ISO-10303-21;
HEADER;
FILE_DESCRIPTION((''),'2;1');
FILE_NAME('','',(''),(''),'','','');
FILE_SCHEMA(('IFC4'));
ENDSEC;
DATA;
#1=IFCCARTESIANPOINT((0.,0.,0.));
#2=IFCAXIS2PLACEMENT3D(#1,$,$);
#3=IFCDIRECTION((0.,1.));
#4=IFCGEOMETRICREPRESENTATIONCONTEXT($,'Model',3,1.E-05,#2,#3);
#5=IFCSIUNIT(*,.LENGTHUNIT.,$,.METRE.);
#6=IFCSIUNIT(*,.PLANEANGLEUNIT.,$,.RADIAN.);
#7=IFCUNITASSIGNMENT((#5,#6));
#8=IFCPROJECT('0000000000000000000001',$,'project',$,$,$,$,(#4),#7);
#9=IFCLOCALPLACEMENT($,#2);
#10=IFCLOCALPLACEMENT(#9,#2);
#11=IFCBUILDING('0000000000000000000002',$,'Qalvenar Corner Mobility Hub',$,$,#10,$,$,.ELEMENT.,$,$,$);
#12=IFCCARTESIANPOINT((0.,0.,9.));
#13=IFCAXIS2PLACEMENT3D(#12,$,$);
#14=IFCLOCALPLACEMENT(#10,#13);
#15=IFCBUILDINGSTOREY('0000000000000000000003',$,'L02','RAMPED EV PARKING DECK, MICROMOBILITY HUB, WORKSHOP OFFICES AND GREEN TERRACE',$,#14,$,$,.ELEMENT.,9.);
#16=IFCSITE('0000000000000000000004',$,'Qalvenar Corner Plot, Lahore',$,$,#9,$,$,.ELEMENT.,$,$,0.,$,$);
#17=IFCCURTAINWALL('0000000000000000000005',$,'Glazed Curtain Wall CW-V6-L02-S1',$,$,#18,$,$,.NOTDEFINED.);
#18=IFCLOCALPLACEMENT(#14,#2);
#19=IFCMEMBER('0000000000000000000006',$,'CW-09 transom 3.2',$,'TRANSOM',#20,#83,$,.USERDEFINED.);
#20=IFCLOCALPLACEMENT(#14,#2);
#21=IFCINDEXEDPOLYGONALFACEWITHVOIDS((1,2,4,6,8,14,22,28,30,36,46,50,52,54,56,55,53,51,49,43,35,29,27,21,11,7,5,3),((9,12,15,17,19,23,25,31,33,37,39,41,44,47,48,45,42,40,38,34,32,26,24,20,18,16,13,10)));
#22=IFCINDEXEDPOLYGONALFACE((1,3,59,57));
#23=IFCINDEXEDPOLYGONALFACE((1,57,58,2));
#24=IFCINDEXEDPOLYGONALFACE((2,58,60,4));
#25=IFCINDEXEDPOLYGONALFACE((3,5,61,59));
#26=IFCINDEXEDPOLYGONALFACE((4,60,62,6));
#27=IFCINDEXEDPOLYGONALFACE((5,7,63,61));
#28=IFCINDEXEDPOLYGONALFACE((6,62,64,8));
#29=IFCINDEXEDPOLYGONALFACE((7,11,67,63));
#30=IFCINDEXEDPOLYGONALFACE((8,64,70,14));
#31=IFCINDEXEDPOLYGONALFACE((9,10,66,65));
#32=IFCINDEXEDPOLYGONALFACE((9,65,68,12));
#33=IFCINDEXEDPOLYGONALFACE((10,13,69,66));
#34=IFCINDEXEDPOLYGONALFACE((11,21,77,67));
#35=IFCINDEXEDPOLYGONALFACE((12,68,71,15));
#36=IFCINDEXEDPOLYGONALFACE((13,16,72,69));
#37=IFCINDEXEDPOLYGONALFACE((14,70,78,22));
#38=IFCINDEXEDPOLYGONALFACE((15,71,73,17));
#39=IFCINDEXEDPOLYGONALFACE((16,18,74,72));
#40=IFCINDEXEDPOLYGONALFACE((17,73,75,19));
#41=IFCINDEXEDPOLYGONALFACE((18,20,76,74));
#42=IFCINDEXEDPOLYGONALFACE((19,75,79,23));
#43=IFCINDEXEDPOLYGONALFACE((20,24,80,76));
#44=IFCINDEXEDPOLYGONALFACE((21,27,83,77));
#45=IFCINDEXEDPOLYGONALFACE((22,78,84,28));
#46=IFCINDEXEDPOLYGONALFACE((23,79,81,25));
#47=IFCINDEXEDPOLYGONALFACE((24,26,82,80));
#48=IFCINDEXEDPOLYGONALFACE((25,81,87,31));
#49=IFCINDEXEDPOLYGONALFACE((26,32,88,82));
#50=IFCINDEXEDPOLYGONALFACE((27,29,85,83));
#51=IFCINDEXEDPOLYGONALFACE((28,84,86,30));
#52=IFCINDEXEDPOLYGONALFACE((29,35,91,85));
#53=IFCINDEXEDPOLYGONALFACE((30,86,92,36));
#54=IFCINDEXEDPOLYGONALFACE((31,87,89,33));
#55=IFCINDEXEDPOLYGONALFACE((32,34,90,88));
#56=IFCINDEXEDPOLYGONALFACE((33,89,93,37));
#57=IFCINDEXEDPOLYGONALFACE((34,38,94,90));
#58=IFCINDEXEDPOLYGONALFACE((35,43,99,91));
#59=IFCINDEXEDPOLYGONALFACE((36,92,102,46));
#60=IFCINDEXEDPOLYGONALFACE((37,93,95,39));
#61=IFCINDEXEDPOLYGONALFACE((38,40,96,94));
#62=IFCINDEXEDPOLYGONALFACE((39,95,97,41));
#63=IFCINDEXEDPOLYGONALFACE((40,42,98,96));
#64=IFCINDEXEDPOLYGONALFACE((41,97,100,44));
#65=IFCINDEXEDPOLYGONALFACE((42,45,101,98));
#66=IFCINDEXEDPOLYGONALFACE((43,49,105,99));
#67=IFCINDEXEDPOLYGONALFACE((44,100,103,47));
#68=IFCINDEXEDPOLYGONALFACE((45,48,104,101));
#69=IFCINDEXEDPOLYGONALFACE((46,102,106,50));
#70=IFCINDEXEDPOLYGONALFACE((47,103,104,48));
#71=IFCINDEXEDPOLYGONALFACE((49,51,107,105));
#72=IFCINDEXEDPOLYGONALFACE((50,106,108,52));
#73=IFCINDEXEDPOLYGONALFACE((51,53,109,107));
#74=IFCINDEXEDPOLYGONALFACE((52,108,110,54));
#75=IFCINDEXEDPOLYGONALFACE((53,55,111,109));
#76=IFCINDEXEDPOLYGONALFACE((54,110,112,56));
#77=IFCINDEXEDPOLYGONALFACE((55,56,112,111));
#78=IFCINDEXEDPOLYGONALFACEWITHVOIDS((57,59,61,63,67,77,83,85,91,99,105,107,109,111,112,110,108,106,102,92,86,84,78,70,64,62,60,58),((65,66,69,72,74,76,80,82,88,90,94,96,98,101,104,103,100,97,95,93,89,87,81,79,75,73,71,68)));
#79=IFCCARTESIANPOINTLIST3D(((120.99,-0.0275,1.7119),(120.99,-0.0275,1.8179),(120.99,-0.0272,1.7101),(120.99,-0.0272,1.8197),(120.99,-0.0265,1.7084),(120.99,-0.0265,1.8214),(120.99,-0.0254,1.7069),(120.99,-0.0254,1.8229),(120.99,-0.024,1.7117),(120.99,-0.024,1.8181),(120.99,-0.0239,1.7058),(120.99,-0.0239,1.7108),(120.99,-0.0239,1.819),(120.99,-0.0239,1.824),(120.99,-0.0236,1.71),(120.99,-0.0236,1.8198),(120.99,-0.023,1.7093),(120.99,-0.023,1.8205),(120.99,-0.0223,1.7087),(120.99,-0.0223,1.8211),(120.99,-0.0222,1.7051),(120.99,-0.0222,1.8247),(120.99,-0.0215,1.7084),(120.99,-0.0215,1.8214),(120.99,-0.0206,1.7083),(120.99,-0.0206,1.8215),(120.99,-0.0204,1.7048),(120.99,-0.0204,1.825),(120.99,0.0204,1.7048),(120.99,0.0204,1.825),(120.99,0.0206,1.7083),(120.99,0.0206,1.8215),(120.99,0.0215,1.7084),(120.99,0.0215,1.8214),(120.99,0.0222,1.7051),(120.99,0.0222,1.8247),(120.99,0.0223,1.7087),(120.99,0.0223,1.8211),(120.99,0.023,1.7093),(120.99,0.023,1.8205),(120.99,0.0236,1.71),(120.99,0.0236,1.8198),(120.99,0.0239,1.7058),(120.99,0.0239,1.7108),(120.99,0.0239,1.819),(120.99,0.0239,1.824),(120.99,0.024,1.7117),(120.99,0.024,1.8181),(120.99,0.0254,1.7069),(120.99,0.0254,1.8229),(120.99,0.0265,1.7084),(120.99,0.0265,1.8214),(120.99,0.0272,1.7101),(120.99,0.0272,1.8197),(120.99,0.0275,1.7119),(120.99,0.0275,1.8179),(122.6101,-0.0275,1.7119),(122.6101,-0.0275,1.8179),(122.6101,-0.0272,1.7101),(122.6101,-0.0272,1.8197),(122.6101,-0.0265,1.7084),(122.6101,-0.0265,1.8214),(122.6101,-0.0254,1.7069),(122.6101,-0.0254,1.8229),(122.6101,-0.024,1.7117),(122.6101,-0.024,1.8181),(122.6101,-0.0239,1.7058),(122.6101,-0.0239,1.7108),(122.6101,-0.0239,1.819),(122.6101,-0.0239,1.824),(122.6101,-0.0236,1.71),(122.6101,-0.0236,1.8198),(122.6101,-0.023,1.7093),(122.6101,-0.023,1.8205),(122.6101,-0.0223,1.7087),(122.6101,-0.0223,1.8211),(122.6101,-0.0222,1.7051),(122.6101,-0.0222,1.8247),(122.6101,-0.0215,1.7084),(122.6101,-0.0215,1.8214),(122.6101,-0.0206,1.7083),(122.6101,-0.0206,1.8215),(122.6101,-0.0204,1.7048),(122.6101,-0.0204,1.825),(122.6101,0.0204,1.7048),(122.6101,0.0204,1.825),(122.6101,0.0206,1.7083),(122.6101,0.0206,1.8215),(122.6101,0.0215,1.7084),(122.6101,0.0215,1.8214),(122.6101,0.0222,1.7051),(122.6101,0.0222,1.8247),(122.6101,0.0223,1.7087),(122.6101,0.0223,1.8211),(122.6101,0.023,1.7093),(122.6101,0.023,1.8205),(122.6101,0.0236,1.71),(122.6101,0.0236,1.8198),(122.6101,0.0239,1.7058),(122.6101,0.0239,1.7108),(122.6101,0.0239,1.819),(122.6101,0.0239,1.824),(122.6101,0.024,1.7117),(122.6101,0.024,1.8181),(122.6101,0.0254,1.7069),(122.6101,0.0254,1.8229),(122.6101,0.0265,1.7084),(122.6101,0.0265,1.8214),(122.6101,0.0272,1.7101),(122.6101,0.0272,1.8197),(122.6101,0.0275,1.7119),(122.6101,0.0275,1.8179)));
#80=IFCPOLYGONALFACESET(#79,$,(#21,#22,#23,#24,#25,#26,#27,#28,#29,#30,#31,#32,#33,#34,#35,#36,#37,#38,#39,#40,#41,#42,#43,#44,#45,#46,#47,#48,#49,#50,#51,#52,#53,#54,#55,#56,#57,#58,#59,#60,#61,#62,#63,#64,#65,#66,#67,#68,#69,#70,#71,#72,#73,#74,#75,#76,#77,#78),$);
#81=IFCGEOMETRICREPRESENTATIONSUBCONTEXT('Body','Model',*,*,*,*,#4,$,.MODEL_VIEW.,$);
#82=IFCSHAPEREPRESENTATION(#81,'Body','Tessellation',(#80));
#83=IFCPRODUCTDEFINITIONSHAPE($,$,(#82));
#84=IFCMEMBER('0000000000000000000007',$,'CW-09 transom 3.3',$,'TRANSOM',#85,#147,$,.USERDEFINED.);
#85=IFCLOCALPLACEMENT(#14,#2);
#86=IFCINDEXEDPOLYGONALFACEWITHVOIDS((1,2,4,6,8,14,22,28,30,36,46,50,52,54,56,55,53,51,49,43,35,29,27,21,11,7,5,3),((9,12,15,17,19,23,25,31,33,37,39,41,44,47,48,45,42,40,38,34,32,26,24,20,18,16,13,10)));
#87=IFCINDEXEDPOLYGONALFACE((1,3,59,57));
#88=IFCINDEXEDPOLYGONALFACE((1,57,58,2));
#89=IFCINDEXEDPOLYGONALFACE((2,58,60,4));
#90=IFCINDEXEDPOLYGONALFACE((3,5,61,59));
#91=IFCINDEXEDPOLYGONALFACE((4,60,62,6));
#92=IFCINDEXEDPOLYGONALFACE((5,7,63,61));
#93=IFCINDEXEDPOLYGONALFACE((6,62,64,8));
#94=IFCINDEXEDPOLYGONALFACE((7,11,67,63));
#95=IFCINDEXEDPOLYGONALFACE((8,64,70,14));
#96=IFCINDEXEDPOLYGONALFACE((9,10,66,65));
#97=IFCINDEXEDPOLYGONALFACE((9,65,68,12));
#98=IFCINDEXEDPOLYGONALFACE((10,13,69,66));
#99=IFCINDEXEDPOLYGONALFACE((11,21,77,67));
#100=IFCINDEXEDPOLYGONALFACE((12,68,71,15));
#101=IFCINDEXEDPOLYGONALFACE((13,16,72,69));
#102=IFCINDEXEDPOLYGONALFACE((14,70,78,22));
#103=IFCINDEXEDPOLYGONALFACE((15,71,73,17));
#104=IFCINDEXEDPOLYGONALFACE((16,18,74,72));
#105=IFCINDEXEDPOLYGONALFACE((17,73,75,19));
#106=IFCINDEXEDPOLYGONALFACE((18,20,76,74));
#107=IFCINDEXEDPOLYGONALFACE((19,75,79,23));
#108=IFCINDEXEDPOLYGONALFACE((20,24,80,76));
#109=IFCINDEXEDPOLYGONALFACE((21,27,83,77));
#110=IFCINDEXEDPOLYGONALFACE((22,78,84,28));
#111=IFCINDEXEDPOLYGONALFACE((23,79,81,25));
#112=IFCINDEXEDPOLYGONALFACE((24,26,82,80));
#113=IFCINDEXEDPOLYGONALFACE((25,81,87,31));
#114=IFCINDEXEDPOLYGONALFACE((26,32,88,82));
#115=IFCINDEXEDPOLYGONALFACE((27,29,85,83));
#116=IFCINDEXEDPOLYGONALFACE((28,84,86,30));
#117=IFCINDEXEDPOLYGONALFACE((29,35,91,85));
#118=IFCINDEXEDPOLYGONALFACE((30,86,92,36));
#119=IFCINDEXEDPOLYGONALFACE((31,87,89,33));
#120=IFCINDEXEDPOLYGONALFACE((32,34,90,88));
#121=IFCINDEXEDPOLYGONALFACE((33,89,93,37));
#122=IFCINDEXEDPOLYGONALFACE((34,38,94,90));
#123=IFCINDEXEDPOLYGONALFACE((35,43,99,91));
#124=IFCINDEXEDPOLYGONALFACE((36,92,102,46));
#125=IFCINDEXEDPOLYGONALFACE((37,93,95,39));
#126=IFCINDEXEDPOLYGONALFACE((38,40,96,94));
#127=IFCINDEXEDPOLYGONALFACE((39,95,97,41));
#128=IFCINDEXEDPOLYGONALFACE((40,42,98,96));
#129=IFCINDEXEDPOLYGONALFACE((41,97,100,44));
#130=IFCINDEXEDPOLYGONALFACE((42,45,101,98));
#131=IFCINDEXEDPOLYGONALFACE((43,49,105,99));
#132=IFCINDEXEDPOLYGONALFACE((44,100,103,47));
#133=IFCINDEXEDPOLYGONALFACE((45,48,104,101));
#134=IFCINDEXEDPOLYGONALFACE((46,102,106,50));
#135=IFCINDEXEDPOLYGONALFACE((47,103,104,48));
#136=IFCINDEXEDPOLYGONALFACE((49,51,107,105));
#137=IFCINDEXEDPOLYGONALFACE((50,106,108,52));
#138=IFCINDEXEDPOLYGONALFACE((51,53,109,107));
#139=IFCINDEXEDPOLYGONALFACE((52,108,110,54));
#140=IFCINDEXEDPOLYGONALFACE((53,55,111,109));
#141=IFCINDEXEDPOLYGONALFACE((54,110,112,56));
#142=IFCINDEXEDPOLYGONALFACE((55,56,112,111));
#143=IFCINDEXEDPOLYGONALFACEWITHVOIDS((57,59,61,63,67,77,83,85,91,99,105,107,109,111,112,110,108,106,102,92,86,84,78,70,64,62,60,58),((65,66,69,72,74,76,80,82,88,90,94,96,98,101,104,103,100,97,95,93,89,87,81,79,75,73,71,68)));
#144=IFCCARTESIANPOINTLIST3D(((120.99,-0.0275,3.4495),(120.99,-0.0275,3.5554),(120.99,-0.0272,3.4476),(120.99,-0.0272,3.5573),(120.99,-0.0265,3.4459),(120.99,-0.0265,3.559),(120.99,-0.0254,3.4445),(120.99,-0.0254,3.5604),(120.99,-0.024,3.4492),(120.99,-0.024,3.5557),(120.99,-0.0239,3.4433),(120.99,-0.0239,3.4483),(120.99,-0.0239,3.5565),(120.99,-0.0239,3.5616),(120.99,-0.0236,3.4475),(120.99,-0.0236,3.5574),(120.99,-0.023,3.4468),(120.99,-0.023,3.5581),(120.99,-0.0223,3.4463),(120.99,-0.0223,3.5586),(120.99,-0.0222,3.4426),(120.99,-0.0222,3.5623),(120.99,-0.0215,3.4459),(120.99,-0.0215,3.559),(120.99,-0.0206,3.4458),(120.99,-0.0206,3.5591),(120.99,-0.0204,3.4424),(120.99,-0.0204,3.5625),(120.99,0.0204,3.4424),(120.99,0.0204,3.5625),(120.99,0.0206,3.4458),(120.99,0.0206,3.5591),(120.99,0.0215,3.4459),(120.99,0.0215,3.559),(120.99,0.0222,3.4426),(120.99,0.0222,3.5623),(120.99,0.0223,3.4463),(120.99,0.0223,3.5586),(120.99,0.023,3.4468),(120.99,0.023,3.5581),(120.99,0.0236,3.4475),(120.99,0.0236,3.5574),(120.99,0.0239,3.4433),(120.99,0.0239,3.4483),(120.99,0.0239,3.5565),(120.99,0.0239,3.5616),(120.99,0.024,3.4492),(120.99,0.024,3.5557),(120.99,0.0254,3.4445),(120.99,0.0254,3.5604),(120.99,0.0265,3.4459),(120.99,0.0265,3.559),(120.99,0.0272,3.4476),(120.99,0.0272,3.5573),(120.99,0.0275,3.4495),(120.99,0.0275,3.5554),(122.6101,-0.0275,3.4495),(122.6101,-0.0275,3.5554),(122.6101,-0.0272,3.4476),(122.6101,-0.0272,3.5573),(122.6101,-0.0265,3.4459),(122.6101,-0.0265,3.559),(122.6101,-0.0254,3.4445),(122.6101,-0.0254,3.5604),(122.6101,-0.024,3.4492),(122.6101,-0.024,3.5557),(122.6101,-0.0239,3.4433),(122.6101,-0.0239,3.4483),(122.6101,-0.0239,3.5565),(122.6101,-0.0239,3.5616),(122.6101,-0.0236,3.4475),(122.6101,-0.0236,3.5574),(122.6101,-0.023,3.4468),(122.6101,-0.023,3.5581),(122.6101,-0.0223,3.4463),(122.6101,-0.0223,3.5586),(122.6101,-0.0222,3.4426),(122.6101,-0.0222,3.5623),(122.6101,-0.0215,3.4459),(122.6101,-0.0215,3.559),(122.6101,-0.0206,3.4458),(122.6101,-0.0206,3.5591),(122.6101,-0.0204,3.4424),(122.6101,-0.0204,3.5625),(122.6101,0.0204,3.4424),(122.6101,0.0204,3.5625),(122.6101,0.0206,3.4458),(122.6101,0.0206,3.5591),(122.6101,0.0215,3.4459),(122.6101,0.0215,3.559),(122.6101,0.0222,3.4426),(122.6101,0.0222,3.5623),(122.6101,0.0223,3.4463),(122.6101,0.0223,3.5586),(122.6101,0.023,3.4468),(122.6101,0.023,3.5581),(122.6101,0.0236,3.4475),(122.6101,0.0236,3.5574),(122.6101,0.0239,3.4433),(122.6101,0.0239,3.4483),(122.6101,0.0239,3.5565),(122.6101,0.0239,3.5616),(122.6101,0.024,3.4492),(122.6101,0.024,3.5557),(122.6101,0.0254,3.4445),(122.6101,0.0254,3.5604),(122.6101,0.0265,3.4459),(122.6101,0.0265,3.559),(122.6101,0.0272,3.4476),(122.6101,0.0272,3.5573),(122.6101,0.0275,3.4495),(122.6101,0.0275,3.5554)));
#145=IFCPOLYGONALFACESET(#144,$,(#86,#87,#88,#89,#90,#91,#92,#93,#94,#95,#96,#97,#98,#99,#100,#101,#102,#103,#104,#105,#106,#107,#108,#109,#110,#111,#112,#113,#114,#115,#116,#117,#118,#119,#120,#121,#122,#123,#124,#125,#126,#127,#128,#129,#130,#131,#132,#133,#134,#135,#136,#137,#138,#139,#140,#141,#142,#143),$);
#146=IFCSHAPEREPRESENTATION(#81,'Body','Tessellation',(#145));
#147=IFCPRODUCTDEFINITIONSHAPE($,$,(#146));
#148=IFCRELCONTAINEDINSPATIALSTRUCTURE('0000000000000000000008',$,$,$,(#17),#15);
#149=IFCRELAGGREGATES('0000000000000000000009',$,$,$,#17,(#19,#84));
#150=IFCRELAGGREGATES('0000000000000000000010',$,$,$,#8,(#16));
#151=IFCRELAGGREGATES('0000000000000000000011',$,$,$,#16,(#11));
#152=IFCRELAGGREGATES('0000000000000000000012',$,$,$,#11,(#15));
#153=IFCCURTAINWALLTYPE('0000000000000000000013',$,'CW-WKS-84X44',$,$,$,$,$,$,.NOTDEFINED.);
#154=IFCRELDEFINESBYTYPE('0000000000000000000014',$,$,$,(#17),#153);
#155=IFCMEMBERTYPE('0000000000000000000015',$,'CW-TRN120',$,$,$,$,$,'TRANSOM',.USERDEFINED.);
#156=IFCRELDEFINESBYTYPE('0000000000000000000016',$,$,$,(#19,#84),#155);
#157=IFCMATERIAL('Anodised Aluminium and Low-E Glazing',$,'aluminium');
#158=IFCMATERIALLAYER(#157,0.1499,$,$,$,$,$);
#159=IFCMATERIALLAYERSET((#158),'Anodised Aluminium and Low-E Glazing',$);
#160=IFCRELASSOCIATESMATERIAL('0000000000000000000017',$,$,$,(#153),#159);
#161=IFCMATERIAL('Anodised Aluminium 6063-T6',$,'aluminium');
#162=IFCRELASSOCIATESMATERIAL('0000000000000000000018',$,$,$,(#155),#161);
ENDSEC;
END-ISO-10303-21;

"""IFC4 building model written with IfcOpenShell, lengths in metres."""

from ifc_helpers import new_model, si_unit, direction, frame, origin, origin_2d, place, context, subcontext, project, spatial, hollow_rectangle, extrude, material, layer, layer_set, material_profile, profile_set, type_object, element, aggregate, save


model = new_model("IFC4")

# Units and contexts
model_context = context("Model", 3, precision=1e-05, world=origin(), true_north=direction((0.0, 1.0)))
body_context = subcontext(model_context, "Body", "Model", "MODEL_VIEW")
ifc_project = project(units=[si_unit("LENGTHUNIT", "METRE"), si_unit("PLANEANGLEUNIT", "RADIAN")], contexts=[model_context])

# Site, building, storey
site_placement = place(None, origin())
site = spatial("IfcSite", under=ifc_project, at=site_placement, Name="Qalvenar Corner Plot, Lahore", CompositionType="ELEMENT", RefElevation=0.0)
building_placement = place(site_placement, origin())
building = spatial("IfcBuilding", under=site, at=building_placement, Name="Qalvenar Corner Mobility Hub", CompositionType="ELEMENT")
storey_placement = place(building_placement, frame((0.0, 0.0, 9.0)))
storey = spatial("IfcBuildingStorey", under=building, at=storey_placement, Name="L02", Description="RAMPED EV PARKING DECK, MICROMOBILITY HUB, WORKSHOP OFFICES AND GREEN TERRACE", CompositionType="ELEMENT", Elevation=9.0)

# Curtain wall, members
ifc_material_1 = material(Name="Anodised Aluminium and Low-E Glazing", Category="aluminium")
ifc_layer_1 = layer(ifc_material_1, 0.1499)
ifc_layer_set_1 = layer_set([ifc_layer_1], Name="Anodised Aluminium and Low-E Glazing")
curtain_wall_type = type_object("IfcCurtainWallType", Name="CW-WKS-84X44", PredefinedType="NOTDEFINED", material=ifc_layer_set_1)
curtain_wall_placement = place(storey_placement, origin())
curtain_wall = element("IfcCurtainWall", 1, at=curtain_wall_placement, inside=storey, type_object=curtain_wall_type, Name="Glazed Curtain Wall CW-V6-L02-S1", PredefinedType="NOTDEFINED")
ifc_material_2 = material(Name="Anodised Aluminium 6063-T6", Category="aluminium")
ifc_material_profile_1 = material_profile(ifc_material_2, hollow_rectangle(XDim=0.0549, YDim=0.1201, WallThickness=0.0034, InnerFilletRadius=0.0034, OuterFilletRadius=0.0071, at=origin_2d()), Name="RHS120x55x3.5")
ifc_profile_set_1 = profile_set([ifc_material_profile_1], Name="Anodised Aluminium 6063-T6")
member_type_1 = type_object("IfcMemberType", Name="CW-TRN120", ElementType="TRANSOM", PredefinedType="USERDEFINED", material=ifc_profile_set_1)
member_1_placement = place(storey_placement, frame((120.99, 0.0, 1.7649), z_axis=(1.0, 0.0, 0.0), x_axis=(0.0, 1.0, 0.0)))
member_1 = element("IfcMember", 2, at=member_1_placement, type_object=member_type_1, Name="CW-09 transom 3.2", ObjectType="TRANSOM", PredefinedType="USERDEFINED", context=body_context, shape_type="SweptSolid", body=[
    extrude(hollow_rectangle(XDim=0.0549, YDim=0.1201, WallThickness=0.0034, InnerFilletRadius=0.0034, OuterFilletRadius=0.0071, at=origin_2d()), origin(), (0.0, 0.0, 1.0), 1.6201),
])
member_2_placement = place(storey_placement, frame((120.99, 0.0, 3.5024), z_axis=(1.0, 0.0, 0.0), x_axis=(0.0, 1.0, 0.0)))
member_2 = element("IfcMember", 3, at=member_2_placement, type_object=member_type_1, Name="CW-09 transom 3.3", ObjectType="TRANSOM", PredefinedType="USERDEFINED", context=body_context, shape_type="SweptSolid", body=[
    extrude(hollow_rectangle(XDim=0.0549, YDim=0.1201, WallThickness=0.0034, InnerFilletRadius=0.0034, OuterFilletRadius=0.0071, at=origin_2d()), origin(), (0.0, 0.0, 1.0), 1.6201),
])
aggregate(curtain_wall, [member_1, member_2])

save(model, "model.ifc")
